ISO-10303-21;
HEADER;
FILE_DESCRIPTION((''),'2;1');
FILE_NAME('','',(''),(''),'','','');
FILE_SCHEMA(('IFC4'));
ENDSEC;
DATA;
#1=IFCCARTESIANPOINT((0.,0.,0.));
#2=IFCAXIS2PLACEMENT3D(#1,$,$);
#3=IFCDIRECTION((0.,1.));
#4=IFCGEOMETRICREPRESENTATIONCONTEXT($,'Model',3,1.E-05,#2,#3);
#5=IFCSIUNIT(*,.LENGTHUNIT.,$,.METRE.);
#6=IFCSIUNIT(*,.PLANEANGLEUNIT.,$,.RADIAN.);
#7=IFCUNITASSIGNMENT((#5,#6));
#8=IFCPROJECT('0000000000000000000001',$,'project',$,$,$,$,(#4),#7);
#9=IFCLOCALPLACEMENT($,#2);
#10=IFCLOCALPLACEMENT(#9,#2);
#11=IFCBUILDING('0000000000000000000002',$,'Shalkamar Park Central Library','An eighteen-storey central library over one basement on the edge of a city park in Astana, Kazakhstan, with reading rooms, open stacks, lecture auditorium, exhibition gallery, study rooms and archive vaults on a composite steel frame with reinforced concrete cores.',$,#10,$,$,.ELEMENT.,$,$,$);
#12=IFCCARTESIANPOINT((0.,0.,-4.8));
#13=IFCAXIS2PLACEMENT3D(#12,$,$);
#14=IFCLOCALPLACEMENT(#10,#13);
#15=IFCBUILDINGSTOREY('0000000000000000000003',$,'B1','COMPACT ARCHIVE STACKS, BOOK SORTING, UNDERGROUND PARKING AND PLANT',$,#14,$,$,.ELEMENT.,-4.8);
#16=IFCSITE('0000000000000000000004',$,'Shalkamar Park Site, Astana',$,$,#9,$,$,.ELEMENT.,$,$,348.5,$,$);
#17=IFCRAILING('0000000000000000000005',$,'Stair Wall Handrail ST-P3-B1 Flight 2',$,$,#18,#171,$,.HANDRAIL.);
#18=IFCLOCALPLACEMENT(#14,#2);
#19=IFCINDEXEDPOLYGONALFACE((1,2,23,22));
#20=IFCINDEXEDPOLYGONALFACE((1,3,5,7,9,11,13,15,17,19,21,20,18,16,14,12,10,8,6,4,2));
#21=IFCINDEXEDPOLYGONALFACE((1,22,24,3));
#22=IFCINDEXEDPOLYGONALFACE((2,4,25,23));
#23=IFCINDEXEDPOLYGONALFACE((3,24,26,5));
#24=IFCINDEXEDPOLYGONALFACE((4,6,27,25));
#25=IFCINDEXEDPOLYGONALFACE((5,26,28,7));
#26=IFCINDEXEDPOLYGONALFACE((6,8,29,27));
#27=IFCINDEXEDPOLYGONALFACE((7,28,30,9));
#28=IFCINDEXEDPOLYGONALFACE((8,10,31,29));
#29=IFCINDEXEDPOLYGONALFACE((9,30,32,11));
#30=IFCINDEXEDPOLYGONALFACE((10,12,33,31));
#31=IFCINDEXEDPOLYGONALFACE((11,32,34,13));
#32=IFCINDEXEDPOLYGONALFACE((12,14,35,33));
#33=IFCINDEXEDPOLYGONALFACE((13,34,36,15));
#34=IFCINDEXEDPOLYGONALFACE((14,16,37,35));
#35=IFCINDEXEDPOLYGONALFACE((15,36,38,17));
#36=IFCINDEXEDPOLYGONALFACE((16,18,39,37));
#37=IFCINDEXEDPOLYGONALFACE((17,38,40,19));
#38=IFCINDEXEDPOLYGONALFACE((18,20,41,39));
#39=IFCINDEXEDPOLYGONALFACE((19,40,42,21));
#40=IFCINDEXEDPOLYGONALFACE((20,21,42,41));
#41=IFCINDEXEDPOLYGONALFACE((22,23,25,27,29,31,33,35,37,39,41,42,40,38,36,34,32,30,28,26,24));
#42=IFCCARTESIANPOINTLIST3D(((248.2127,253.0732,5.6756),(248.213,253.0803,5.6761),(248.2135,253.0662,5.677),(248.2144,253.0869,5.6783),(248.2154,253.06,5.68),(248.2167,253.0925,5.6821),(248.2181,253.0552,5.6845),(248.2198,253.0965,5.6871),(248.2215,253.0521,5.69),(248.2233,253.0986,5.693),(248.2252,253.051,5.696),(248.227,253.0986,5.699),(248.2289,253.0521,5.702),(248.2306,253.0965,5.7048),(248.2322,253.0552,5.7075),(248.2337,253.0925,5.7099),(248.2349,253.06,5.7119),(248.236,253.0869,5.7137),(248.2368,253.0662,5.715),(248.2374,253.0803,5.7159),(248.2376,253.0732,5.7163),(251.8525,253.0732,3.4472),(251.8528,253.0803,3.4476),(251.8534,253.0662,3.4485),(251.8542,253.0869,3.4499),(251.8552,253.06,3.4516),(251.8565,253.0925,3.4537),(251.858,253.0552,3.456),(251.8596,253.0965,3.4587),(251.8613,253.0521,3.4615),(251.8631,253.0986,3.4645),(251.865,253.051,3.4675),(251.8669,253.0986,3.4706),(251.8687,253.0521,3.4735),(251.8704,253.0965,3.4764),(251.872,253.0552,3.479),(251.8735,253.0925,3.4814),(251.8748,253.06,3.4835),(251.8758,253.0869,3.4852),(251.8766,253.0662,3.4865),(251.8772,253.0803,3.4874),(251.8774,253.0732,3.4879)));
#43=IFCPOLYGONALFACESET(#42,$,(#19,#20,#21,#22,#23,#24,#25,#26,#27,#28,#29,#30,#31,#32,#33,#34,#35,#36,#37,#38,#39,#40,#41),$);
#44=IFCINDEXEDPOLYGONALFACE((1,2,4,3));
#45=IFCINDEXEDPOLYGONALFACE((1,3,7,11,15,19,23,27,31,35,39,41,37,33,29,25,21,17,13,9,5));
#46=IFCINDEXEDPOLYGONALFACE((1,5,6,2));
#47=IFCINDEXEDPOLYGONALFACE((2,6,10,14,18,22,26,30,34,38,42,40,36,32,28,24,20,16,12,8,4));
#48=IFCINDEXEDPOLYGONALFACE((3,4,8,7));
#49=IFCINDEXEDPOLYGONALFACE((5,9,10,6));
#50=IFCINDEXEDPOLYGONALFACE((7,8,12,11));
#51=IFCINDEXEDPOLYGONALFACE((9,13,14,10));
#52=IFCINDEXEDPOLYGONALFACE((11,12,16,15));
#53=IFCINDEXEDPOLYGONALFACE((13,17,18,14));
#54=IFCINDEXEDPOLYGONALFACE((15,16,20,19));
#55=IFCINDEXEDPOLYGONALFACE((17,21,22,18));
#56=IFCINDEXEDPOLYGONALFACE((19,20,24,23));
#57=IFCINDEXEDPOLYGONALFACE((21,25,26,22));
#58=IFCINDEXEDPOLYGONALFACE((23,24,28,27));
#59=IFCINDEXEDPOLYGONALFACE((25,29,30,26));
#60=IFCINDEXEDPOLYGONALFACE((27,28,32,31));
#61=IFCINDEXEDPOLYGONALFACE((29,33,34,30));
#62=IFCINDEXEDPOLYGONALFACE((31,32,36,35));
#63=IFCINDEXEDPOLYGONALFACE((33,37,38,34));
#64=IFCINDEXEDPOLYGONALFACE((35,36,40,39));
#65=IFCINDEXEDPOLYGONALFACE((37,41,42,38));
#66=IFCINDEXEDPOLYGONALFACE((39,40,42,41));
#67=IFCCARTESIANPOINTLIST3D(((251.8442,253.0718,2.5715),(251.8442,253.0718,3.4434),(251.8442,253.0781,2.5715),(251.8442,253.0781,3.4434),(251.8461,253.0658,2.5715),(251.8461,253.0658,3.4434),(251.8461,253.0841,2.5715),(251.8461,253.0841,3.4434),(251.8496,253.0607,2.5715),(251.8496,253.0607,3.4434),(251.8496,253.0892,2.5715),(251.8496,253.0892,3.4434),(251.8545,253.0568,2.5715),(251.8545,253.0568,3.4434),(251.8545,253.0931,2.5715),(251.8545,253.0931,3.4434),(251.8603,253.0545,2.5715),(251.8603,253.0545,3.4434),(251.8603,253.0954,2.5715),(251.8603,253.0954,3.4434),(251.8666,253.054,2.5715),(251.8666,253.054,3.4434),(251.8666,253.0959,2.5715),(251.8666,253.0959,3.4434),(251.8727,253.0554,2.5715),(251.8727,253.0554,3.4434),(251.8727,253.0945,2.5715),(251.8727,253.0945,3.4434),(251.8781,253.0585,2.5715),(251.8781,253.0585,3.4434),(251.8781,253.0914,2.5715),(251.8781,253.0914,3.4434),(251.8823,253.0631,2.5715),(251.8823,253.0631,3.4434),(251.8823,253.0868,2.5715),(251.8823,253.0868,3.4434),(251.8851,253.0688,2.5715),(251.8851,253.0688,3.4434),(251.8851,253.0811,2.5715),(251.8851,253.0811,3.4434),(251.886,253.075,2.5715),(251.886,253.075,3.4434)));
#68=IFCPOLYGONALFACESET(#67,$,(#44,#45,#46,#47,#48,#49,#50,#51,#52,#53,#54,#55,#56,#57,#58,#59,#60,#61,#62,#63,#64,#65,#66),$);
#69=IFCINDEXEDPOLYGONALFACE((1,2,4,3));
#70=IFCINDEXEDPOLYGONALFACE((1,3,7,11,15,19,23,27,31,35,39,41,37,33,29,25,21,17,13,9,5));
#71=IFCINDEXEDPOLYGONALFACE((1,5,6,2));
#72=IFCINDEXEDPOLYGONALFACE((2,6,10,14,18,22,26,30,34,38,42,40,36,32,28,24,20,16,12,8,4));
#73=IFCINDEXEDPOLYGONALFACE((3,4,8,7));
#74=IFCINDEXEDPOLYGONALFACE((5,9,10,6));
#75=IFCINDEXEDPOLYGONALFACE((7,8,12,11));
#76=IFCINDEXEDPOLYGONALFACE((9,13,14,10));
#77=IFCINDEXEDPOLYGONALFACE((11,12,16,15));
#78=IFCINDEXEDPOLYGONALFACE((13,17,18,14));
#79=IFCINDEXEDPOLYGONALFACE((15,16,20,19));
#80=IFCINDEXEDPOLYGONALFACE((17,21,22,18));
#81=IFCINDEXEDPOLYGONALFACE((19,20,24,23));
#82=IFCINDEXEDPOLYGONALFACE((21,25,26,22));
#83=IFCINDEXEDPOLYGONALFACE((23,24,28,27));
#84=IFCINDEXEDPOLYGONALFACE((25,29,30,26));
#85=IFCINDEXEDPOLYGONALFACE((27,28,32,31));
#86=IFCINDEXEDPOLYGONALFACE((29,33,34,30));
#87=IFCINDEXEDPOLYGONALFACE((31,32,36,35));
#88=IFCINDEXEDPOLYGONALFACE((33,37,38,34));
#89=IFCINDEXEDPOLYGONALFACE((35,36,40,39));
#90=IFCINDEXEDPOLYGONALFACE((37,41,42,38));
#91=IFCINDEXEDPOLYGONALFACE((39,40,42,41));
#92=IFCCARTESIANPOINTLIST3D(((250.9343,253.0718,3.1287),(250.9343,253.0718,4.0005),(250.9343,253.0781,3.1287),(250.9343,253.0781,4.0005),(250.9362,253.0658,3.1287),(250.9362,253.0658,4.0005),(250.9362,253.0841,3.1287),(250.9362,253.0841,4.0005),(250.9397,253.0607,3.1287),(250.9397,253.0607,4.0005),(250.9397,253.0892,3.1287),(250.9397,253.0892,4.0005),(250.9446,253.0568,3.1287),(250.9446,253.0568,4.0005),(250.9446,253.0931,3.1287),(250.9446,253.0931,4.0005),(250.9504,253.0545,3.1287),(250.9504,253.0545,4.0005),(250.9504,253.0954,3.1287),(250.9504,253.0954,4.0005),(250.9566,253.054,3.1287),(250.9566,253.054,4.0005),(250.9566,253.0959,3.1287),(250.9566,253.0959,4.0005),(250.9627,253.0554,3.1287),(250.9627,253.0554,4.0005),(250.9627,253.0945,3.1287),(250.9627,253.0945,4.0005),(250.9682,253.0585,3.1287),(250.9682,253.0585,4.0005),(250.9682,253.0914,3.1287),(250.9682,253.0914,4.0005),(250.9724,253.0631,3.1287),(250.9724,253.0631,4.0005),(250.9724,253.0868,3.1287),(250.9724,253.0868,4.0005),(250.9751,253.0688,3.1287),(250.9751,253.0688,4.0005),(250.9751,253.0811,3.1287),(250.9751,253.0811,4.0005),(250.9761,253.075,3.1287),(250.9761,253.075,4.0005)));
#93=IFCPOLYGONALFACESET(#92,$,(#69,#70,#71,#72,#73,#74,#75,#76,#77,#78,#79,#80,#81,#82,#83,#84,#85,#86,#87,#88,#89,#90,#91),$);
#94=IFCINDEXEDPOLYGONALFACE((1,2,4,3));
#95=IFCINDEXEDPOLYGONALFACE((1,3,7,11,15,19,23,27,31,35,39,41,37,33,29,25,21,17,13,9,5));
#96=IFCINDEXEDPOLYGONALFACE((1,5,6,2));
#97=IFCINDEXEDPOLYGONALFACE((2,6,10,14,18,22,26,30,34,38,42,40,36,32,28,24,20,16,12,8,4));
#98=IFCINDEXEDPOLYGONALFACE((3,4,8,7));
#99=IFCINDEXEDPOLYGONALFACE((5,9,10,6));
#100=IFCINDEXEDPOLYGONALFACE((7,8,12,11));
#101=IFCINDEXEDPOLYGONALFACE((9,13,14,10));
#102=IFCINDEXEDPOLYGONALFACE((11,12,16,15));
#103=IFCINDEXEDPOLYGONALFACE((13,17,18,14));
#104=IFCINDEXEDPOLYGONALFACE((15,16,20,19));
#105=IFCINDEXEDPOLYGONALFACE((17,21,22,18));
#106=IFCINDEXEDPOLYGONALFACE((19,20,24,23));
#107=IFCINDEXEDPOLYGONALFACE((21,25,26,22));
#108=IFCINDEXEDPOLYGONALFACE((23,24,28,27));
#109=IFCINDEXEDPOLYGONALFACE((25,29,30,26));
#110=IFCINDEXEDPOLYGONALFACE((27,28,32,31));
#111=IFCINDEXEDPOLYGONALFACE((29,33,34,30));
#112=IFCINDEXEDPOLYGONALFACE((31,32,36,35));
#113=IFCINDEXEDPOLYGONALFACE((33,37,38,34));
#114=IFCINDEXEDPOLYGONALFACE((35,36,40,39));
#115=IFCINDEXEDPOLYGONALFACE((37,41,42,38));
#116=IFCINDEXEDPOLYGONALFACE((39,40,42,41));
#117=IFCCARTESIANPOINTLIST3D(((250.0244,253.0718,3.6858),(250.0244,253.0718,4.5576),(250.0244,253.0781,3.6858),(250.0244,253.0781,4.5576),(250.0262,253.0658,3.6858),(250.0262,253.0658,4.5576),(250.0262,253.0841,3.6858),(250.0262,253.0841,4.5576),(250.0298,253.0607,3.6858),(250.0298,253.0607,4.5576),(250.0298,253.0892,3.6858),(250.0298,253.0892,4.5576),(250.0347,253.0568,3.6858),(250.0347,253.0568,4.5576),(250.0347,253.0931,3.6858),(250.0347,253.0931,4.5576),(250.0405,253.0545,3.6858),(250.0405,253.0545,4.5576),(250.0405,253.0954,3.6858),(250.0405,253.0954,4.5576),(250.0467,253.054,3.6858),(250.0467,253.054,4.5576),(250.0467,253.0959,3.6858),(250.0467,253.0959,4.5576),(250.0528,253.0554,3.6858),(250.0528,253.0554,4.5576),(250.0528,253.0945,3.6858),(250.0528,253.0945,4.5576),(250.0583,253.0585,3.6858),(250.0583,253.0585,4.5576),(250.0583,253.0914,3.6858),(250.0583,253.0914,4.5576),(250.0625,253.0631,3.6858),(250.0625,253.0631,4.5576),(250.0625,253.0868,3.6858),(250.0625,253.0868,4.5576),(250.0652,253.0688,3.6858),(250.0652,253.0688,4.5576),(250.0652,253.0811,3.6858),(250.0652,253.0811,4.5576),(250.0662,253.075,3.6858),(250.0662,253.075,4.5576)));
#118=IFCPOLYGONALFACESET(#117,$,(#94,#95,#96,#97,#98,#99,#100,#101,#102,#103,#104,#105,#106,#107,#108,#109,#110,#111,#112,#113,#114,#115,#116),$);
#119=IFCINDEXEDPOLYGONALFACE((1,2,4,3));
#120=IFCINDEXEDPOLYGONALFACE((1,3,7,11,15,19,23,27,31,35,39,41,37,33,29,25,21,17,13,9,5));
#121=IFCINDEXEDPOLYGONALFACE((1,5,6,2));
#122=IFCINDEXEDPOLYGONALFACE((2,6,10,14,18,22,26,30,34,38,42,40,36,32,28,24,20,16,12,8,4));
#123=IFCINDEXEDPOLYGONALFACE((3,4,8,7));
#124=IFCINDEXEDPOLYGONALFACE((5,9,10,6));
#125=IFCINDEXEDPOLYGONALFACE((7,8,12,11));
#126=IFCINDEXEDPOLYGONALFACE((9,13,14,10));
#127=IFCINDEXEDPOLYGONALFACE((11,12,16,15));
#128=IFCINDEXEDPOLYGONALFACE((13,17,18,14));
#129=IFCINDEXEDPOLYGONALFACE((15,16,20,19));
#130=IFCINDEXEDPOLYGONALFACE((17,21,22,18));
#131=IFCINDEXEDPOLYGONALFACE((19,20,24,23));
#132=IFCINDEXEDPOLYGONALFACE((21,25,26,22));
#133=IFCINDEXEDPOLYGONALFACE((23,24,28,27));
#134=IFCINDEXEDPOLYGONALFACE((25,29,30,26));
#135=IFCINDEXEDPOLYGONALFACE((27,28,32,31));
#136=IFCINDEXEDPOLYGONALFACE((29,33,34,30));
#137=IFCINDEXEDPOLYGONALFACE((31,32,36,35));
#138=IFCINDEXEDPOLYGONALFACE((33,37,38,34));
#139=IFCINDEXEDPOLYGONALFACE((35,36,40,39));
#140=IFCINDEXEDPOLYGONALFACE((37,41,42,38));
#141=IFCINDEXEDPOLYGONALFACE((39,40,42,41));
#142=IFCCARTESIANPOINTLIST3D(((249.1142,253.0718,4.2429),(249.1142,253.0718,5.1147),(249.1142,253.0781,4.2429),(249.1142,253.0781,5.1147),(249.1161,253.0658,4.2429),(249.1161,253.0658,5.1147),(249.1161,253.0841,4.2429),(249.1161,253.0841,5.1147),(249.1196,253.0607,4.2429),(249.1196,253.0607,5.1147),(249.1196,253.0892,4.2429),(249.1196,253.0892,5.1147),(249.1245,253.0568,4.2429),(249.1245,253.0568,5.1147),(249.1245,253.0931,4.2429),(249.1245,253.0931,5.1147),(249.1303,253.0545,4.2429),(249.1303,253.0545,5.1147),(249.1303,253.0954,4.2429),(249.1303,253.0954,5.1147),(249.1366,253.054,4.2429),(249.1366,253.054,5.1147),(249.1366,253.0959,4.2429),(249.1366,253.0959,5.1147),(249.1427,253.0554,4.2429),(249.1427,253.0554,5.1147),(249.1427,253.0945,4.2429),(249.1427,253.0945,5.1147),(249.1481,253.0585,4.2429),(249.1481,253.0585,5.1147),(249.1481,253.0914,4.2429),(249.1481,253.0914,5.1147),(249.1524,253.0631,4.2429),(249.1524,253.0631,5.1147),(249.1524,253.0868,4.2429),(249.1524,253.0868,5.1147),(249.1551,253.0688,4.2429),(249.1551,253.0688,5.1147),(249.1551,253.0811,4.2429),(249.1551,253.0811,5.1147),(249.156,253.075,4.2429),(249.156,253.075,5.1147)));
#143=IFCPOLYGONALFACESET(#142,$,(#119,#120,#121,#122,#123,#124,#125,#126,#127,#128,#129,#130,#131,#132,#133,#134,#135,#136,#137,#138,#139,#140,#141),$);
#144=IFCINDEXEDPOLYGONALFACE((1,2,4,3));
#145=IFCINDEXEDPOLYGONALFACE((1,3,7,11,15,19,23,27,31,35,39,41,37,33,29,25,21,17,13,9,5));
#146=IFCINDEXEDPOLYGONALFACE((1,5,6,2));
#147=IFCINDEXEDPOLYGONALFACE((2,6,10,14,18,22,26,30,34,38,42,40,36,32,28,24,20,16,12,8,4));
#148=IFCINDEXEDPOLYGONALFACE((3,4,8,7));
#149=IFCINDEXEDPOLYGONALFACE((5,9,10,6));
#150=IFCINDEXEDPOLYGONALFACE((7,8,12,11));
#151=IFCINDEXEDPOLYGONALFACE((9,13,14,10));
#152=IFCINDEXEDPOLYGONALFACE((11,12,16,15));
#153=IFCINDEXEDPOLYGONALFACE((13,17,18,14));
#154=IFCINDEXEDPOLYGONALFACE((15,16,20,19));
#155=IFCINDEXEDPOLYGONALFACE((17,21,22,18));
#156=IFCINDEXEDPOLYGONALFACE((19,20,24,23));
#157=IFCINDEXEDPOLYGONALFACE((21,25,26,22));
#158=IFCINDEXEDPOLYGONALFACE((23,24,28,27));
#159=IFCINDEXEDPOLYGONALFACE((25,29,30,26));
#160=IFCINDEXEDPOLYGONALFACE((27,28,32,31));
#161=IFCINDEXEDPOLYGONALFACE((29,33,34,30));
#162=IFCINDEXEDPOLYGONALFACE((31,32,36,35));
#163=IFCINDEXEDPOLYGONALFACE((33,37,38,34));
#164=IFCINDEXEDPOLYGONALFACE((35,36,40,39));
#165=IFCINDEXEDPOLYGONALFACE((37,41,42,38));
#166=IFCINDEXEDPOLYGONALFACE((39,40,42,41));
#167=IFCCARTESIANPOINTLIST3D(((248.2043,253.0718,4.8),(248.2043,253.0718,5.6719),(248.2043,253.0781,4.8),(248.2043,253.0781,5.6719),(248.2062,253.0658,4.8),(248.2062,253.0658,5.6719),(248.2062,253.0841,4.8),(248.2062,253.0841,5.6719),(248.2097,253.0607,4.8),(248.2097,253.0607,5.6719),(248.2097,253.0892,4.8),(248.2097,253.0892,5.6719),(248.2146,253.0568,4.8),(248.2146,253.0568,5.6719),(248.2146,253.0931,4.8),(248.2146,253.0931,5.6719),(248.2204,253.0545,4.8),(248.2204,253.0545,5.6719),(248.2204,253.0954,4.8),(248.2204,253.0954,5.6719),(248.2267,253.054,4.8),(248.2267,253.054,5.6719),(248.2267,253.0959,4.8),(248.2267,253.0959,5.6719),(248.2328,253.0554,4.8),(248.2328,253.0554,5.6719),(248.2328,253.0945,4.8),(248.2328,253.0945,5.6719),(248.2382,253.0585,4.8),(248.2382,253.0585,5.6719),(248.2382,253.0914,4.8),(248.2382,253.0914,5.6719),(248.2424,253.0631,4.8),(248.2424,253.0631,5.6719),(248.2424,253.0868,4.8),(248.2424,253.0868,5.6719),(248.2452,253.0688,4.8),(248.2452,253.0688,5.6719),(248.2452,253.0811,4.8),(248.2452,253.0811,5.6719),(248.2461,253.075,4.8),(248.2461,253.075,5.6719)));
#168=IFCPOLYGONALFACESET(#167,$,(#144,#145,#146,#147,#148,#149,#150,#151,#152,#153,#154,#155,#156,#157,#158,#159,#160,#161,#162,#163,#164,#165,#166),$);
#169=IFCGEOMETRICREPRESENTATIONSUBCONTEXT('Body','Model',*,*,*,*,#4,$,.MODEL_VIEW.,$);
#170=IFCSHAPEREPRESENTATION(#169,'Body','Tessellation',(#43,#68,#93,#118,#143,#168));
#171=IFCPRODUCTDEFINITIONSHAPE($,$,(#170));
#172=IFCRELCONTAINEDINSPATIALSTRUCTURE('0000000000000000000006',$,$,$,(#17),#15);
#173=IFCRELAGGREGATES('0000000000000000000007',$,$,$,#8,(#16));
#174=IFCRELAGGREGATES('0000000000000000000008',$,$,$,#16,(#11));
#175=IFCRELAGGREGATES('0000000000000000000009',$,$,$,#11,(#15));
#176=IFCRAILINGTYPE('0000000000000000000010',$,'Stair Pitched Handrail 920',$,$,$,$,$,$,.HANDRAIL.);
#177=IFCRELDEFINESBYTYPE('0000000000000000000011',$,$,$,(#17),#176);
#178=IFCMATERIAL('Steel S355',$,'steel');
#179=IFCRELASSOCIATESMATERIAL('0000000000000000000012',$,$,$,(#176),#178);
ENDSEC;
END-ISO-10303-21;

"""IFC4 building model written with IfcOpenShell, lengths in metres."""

from ifc_helpers import new_model, si_unit, direction, frame, origin, origin_2d, place, context, subcontext, project, spatial, circle, extrude, material, type_object, element, save


model = new_model("IFC4")

# Units and contexts
model_context = context("Model", 3, precision=1e-05, world=origin(), true_north=direction((0.0, 1.0)))
body_context = subcontext(model_context, "Body", "Model", "MODEL_VIEW")
ifc_project = project(units=[si_unit("LENGTHUNIT", "METRE"), si_unit("PLANEANGLEUNIT", "RADIAN")], contexts=[model_context])

# Site, building, storey
site_placement = place(None, origin())
site = spatial("IfcSite", under=ifc_project, at=site_placement, Name="Shalkamar Park Site, Astana", CompositionType="ELEMENT", RefElevation=348.5)
building_placement = place(site_placement, origin())
building = spatial("IfcBuilding", under=site, at=building_placement, Name="Shalkamar Park Central Library", Description="An eighteen-storey central library over one basement on the edge of a city park in Astana, Kazakhstan, with reading rooms, open stacks, lecture auditorium, exhibition gallery, study rooms and archive vaults on a composite steel frame with reinforced concrete cores.", CompositionType="ELEMENT")
storey_placement = place(building_placement, frame((0.0, 0.0, -4.8)))
storey = spatial("IfcBuildingStorey", under=building, at=storey_placement, Name="B1", Description="COMPACT ARCHIVE STACKS, BOOK SORTING, UNDERGROUND PARKING AND PLANT", CompositionType="ELEMENT", Elevation=-4.8)

# Shared definitions
ifc_material_1 = material(Name="Steel S355", Category="steel")

# Railing
railing_type = type_object("IfcRailingType", Name="Stair Pitched Handrail 920", PredefinedType="HANDRAIL", material=ifc_material_1)
railing_placement = place(storey_placement, frame((251.865, 253.075, 2.5715)))
element("IfcRailing", 1, at=railing_placement, inside=storey, type_object=railing_type, Name="Stair Wall Handrail ST-P3-B1 Flight 2", PredefinedType="HANDRAIL", context=body_context, shape_type="SweptSolid", body=[
    extrude(circle(Radius=0.0239, at=origin_2d()), frame((0.0, 0.0, 0.896), z_axis=(-0.85285, 0.0, 0.522156), x_axis=(0.0, -1.0, 0.0)), (0.0, 0.0, 1.0), 4.2678),
    extrude(circle(Radius=0.021, at=origin_2d()), origin(), (0.0, 0.0, 1.0), 0.8718),
    extrude(circle(Radius=0.021, at=origin_2d()), frame((-0.9099, 0.0, 0.5571)), (0.0, 0.0, 1.0), 0.8718),
    extrude(circle(Radius=0.021, at=origin_2d()), frame((-1.8198, 0.0, 1.1143)), (0.0, 0.0, 1.0), 0.8718),
    extrude(circle(Radius=0.021, at=origin_2d()), frame((-2.73, 0.0, 1.6714)), (0.0, 0.0, 1.0), 0.8718),
    extrude(circle(Radius=0.021, at=origin_2d()), frame((-3.6399, 0.0, 2.2285)), (0.0, 0.0, 1.0), 0.8718),
])

save(model, "model.ifc")
